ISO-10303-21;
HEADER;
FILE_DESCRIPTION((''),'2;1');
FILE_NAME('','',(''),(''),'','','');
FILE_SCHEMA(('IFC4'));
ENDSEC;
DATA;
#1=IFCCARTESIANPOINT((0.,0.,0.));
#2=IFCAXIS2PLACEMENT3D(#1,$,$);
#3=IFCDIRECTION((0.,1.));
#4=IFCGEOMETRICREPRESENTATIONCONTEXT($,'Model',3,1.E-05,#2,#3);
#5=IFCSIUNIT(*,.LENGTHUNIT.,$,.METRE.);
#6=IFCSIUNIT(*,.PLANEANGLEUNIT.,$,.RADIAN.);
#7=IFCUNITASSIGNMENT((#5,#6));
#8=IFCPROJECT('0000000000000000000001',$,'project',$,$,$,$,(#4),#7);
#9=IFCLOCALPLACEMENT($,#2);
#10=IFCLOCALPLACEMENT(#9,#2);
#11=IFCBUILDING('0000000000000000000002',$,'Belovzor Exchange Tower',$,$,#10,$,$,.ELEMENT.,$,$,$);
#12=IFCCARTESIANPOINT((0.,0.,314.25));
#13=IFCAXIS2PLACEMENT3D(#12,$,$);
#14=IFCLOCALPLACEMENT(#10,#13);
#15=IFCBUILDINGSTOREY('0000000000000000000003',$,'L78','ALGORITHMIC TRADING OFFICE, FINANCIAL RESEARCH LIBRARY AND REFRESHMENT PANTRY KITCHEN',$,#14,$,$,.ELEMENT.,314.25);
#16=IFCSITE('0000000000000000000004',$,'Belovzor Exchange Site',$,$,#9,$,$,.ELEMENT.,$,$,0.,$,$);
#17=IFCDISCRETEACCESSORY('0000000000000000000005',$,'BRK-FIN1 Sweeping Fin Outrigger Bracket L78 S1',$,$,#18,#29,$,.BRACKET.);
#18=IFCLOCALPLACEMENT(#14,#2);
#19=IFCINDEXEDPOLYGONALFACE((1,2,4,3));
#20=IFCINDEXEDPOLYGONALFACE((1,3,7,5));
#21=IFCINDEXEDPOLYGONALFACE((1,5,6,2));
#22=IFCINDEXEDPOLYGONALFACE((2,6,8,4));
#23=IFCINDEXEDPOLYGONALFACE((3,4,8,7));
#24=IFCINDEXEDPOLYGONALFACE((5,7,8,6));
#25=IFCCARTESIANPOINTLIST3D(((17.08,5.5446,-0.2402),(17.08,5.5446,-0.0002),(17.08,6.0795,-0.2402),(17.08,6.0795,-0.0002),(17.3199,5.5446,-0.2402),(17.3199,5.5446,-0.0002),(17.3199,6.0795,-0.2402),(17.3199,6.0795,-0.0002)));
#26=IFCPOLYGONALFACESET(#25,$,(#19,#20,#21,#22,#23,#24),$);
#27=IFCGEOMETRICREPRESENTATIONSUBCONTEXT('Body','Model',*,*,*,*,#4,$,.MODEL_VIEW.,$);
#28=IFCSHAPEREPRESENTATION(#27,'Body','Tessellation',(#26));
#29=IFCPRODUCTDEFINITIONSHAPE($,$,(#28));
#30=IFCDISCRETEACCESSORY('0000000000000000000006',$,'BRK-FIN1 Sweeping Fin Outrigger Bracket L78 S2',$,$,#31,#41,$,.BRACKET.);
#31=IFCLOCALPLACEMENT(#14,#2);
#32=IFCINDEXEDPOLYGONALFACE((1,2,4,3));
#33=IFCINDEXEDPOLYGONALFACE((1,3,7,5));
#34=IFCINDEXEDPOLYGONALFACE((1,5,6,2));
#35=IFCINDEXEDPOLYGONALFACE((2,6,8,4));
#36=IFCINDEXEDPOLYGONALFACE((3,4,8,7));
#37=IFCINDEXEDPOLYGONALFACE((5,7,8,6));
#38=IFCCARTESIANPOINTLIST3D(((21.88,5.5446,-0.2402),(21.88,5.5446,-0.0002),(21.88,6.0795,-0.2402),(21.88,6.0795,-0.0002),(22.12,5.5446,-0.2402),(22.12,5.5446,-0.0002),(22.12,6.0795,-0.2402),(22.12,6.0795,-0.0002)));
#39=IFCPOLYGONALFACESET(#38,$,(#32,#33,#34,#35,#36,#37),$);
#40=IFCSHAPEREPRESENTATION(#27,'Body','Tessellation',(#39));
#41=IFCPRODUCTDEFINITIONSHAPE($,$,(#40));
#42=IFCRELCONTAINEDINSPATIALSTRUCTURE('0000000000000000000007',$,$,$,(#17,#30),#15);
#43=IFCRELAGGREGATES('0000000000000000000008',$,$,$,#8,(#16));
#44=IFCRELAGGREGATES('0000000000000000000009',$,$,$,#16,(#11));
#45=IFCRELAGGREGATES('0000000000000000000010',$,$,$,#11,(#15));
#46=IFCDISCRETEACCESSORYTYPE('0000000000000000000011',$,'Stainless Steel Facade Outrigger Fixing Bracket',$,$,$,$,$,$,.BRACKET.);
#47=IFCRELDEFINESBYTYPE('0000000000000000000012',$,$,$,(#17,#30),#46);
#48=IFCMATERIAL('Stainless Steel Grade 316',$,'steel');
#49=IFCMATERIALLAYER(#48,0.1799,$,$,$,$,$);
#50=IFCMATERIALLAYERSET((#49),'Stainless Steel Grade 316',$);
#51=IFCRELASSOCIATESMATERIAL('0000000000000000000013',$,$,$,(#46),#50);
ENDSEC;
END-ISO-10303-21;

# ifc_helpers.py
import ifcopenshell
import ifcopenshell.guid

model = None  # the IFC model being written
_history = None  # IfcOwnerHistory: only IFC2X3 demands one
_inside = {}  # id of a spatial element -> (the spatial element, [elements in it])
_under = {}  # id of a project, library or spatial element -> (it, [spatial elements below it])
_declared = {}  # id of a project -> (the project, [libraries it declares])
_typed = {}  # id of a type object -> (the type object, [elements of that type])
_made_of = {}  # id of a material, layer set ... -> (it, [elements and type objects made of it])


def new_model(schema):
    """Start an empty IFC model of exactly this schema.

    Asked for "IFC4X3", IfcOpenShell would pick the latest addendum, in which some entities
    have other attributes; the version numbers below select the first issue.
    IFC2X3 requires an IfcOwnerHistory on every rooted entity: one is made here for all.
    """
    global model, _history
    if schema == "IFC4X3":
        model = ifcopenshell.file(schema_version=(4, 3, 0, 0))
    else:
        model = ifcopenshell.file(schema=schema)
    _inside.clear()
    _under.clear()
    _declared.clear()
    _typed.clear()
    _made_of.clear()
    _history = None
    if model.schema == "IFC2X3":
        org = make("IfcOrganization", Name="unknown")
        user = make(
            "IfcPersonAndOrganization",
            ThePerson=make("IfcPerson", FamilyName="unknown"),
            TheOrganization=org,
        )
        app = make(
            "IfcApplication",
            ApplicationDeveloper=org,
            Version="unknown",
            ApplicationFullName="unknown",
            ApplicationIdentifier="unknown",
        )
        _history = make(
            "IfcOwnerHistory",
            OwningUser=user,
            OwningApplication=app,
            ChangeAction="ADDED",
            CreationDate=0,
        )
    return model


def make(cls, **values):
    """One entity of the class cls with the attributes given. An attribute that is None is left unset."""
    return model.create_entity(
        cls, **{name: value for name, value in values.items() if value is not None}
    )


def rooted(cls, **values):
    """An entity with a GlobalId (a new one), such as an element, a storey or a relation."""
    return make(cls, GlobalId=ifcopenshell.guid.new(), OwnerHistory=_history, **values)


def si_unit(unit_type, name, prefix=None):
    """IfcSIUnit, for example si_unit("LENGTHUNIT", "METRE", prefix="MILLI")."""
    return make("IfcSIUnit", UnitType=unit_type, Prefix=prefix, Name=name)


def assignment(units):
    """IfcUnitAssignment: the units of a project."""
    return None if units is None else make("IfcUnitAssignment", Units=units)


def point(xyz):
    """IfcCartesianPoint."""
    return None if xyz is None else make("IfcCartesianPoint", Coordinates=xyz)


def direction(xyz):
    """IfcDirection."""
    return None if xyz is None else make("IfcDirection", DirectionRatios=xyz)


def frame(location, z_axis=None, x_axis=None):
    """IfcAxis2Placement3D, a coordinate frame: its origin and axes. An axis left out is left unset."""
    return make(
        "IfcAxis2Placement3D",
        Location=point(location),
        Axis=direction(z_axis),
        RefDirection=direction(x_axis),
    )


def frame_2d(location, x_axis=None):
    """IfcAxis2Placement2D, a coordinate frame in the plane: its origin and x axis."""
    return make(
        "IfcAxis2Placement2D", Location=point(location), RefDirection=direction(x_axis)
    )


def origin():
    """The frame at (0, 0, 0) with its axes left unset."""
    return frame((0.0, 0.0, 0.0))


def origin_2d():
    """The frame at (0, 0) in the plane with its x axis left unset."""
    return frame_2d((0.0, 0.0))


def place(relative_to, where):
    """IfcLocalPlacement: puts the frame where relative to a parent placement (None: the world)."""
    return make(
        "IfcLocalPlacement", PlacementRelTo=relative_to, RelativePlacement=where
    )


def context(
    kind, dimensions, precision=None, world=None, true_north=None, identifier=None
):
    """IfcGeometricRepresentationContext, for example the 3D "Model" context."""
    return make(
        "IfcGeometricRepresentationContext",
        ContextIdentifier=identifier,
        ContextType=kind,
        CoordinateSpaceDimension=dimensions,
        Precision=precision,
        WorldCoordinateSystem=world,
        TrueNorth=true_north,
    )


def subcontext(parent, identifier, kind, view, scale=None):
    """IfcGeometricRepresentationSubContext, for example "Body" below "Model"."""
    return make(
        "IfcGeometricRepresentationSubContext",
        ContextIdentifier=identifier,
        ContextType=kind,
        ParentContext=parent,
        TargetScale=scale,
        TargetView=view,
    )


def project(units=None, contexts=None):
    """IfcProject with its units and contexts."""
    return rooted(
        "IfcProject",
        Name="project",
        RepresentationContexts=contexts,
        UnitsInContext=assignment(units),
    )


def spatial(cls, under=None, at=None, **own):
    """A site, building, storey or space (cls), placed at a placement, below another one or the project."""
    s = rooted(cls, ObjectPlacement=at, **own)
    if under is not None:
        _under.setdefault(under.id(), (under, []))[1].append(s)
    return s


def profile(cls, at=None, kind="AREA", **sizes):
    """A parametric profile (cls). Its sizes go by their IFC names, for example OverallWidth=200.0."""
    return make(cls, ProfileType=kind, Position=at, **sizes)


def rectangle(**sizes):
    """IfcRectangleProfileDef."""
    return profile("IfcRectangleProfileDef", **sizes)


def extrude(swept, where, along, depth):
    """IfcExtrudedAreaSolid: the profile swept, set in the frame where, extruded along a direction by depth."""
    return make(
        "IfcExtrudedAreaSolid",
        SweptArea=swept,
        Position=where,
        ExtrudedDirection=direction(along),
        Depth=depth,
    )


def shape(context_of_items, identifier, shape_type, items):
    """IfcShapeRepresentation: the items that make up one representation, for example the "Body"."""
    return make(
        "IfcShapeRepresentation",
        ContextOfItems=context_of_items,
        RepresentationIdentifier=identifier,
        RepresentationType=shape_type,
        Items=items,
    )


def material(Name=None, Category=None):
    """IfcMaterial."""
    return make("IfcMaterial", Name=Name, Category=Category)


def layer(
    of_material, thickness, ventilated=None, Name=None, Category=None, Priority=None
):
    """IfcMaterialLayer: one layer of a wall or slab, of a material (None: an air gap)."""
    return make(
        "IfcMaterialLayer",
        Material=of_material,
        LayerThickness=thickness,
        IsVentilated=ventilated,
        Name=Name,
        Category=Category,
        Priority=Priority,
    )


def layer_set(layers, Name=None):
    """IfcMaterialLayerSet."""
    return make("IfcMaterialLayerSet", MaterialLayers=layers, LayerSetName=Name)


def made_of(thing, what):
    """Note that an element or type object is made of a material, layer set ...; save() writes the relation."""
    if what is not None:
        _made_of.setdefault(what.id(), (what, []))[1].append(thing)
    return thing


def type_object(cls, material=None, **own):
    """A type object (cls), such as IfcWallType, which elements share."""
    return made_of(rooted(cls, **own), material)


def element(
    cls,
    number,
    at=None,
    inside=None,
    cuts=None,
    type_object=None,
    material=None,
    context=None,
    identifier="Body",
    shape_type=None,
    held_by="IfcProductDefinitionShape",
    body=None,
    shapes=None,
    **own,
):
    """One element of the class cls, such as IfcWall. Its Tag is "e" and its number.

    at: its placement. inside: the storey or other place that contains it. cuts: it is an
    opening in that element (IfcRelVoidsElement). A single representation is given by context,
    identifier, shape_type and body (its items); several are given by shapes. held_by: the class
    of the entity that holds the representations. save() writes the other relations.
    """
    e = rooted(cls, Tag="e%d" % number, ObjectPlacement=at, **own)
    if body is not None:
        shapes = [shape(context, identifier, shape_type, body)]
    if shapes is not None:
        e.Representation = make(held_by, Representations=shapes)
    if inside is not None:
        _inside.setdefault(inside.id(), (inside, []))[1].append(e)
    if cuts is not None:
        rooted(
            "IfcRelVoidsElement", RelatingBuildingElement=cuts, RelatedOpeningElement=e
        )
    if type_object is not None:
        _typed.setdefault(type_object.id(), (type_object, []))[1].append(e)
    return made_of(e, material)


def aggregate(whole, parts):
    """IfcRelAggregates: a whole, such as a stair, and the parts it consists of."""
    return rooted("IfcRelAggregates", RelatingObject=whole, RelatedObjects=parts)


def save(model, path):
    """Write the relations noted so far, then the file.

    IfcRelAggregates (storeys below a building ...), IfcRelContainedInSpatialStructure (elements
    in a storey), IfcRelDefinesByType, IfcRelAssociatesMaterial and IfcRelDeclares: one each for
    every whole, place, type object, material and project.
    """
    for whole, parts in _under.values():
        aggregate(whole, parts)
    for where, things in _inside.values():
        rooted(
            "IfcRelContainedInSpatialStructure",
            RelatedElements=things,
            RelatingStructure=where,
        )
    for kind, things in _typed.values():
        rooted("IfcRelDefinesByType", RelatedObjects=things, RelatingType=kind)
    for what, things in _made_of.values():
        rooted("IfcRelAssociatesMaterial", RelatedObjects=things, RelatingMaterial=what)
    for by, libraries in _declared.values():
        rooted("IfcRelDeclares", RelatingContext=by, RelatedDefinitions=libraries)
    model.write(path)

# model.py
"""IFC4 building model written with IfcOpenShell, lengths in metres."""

from ifc_helpers import new_model, si_unit, direction, frame, origin, origin_2d, place, context, subcontext, project, spatial, rectangle, extrude, material, layer, layer_set, type_object, element, save


model = new_model("IFC4")

# Units and contexts
model_context = context("Model", 3, precision=1e-05, world=origin(), true_north=direction((0.0, 1.0)))
body_context = subcontext(model_context, "Body", "Model", "MODEL_VIEW")
ifc_project = project(units=[si_unit("LENGTHUNIT", "METRE"), si_unit("PLANEANGLEUNIT", "RADIAN")], contexts=[model_context])

# Site, building, storey
site_placement = place(None, origin())
site = spatial("IfcSite", under=ifc_project, at=site_placement, Name="Belovzor Exchange Site", CompositionType="ELEMENT", RefElevation=0.0)
building_placement = place(site_placement, origin())
building = spatial("IfcBuilding", under=site, at=building_placement, Name="Belovzor Exchange Tower", CompositionType="ELEMENT")
storey_placement = place(building_placement, frame((0.0, 0.0, 314.25)))
storey = spatial("IfcBuildingStorey", under=building, at=storey_placement, Name="L78", Description="ALGORITHMIC TRADING OFFICE, FINANCIAL RESEARCH LIBRARY AND REFRESHMENT PANTRY KITCHEN", CompositionType="ELEMENT", Elevation=314.25)

# Discrete accessories
ifc_material_1 = material(Name="Stainless Steel Grade 316", Category="steel")
ifc_layer_1 = layer(ifc_material_1, 0.1799)
ifc_layer_set_1 = layer_set([ifc_layer_1], Name="Stainless Steel Grade 316")
discrete_accessory_type = type_object("IfcDiscreteAccessoryType", Name="Stainless Steel Facade Outrigger Fixing Bracket", PredefinedType="BRACKET", material=ifc_layer_set_1)
for number, where, z_axis, x_axis, name in (
    (1, (17.2, 5.812, -0.2402), (0.0, 0.0, 1.0), (0.0, 1.0, 0.0), "BRK-FIN1 Sweeping Fin Outrigger Bracket L78 S1"),
    (2, (22.0, 5.812, -0.2402), (0.0, 0.0, 1.0), (0.0, 1.0, 0.0), "BRK-FIN1 Sweeping Fin Outrigger Bracket L78 S2"),
):
    element("IfcDiscreteAccessory", number, at=place(storey_placement, frame(where, z_axis=z_axis, x_axis=x_axis)), inside=storey, type_object=discrete_accessory_type, Name=name, PredefinedType="BRACKET", context=body_context, shape_type="SweptSolid", body=[
        extrude(rectangle(XDim=0.5349, YDim=0.24, at=origin_2d()), origin(), (0.0, 0.0, 1.0), 0.24),
    ])

save(model, "model.ifc")
